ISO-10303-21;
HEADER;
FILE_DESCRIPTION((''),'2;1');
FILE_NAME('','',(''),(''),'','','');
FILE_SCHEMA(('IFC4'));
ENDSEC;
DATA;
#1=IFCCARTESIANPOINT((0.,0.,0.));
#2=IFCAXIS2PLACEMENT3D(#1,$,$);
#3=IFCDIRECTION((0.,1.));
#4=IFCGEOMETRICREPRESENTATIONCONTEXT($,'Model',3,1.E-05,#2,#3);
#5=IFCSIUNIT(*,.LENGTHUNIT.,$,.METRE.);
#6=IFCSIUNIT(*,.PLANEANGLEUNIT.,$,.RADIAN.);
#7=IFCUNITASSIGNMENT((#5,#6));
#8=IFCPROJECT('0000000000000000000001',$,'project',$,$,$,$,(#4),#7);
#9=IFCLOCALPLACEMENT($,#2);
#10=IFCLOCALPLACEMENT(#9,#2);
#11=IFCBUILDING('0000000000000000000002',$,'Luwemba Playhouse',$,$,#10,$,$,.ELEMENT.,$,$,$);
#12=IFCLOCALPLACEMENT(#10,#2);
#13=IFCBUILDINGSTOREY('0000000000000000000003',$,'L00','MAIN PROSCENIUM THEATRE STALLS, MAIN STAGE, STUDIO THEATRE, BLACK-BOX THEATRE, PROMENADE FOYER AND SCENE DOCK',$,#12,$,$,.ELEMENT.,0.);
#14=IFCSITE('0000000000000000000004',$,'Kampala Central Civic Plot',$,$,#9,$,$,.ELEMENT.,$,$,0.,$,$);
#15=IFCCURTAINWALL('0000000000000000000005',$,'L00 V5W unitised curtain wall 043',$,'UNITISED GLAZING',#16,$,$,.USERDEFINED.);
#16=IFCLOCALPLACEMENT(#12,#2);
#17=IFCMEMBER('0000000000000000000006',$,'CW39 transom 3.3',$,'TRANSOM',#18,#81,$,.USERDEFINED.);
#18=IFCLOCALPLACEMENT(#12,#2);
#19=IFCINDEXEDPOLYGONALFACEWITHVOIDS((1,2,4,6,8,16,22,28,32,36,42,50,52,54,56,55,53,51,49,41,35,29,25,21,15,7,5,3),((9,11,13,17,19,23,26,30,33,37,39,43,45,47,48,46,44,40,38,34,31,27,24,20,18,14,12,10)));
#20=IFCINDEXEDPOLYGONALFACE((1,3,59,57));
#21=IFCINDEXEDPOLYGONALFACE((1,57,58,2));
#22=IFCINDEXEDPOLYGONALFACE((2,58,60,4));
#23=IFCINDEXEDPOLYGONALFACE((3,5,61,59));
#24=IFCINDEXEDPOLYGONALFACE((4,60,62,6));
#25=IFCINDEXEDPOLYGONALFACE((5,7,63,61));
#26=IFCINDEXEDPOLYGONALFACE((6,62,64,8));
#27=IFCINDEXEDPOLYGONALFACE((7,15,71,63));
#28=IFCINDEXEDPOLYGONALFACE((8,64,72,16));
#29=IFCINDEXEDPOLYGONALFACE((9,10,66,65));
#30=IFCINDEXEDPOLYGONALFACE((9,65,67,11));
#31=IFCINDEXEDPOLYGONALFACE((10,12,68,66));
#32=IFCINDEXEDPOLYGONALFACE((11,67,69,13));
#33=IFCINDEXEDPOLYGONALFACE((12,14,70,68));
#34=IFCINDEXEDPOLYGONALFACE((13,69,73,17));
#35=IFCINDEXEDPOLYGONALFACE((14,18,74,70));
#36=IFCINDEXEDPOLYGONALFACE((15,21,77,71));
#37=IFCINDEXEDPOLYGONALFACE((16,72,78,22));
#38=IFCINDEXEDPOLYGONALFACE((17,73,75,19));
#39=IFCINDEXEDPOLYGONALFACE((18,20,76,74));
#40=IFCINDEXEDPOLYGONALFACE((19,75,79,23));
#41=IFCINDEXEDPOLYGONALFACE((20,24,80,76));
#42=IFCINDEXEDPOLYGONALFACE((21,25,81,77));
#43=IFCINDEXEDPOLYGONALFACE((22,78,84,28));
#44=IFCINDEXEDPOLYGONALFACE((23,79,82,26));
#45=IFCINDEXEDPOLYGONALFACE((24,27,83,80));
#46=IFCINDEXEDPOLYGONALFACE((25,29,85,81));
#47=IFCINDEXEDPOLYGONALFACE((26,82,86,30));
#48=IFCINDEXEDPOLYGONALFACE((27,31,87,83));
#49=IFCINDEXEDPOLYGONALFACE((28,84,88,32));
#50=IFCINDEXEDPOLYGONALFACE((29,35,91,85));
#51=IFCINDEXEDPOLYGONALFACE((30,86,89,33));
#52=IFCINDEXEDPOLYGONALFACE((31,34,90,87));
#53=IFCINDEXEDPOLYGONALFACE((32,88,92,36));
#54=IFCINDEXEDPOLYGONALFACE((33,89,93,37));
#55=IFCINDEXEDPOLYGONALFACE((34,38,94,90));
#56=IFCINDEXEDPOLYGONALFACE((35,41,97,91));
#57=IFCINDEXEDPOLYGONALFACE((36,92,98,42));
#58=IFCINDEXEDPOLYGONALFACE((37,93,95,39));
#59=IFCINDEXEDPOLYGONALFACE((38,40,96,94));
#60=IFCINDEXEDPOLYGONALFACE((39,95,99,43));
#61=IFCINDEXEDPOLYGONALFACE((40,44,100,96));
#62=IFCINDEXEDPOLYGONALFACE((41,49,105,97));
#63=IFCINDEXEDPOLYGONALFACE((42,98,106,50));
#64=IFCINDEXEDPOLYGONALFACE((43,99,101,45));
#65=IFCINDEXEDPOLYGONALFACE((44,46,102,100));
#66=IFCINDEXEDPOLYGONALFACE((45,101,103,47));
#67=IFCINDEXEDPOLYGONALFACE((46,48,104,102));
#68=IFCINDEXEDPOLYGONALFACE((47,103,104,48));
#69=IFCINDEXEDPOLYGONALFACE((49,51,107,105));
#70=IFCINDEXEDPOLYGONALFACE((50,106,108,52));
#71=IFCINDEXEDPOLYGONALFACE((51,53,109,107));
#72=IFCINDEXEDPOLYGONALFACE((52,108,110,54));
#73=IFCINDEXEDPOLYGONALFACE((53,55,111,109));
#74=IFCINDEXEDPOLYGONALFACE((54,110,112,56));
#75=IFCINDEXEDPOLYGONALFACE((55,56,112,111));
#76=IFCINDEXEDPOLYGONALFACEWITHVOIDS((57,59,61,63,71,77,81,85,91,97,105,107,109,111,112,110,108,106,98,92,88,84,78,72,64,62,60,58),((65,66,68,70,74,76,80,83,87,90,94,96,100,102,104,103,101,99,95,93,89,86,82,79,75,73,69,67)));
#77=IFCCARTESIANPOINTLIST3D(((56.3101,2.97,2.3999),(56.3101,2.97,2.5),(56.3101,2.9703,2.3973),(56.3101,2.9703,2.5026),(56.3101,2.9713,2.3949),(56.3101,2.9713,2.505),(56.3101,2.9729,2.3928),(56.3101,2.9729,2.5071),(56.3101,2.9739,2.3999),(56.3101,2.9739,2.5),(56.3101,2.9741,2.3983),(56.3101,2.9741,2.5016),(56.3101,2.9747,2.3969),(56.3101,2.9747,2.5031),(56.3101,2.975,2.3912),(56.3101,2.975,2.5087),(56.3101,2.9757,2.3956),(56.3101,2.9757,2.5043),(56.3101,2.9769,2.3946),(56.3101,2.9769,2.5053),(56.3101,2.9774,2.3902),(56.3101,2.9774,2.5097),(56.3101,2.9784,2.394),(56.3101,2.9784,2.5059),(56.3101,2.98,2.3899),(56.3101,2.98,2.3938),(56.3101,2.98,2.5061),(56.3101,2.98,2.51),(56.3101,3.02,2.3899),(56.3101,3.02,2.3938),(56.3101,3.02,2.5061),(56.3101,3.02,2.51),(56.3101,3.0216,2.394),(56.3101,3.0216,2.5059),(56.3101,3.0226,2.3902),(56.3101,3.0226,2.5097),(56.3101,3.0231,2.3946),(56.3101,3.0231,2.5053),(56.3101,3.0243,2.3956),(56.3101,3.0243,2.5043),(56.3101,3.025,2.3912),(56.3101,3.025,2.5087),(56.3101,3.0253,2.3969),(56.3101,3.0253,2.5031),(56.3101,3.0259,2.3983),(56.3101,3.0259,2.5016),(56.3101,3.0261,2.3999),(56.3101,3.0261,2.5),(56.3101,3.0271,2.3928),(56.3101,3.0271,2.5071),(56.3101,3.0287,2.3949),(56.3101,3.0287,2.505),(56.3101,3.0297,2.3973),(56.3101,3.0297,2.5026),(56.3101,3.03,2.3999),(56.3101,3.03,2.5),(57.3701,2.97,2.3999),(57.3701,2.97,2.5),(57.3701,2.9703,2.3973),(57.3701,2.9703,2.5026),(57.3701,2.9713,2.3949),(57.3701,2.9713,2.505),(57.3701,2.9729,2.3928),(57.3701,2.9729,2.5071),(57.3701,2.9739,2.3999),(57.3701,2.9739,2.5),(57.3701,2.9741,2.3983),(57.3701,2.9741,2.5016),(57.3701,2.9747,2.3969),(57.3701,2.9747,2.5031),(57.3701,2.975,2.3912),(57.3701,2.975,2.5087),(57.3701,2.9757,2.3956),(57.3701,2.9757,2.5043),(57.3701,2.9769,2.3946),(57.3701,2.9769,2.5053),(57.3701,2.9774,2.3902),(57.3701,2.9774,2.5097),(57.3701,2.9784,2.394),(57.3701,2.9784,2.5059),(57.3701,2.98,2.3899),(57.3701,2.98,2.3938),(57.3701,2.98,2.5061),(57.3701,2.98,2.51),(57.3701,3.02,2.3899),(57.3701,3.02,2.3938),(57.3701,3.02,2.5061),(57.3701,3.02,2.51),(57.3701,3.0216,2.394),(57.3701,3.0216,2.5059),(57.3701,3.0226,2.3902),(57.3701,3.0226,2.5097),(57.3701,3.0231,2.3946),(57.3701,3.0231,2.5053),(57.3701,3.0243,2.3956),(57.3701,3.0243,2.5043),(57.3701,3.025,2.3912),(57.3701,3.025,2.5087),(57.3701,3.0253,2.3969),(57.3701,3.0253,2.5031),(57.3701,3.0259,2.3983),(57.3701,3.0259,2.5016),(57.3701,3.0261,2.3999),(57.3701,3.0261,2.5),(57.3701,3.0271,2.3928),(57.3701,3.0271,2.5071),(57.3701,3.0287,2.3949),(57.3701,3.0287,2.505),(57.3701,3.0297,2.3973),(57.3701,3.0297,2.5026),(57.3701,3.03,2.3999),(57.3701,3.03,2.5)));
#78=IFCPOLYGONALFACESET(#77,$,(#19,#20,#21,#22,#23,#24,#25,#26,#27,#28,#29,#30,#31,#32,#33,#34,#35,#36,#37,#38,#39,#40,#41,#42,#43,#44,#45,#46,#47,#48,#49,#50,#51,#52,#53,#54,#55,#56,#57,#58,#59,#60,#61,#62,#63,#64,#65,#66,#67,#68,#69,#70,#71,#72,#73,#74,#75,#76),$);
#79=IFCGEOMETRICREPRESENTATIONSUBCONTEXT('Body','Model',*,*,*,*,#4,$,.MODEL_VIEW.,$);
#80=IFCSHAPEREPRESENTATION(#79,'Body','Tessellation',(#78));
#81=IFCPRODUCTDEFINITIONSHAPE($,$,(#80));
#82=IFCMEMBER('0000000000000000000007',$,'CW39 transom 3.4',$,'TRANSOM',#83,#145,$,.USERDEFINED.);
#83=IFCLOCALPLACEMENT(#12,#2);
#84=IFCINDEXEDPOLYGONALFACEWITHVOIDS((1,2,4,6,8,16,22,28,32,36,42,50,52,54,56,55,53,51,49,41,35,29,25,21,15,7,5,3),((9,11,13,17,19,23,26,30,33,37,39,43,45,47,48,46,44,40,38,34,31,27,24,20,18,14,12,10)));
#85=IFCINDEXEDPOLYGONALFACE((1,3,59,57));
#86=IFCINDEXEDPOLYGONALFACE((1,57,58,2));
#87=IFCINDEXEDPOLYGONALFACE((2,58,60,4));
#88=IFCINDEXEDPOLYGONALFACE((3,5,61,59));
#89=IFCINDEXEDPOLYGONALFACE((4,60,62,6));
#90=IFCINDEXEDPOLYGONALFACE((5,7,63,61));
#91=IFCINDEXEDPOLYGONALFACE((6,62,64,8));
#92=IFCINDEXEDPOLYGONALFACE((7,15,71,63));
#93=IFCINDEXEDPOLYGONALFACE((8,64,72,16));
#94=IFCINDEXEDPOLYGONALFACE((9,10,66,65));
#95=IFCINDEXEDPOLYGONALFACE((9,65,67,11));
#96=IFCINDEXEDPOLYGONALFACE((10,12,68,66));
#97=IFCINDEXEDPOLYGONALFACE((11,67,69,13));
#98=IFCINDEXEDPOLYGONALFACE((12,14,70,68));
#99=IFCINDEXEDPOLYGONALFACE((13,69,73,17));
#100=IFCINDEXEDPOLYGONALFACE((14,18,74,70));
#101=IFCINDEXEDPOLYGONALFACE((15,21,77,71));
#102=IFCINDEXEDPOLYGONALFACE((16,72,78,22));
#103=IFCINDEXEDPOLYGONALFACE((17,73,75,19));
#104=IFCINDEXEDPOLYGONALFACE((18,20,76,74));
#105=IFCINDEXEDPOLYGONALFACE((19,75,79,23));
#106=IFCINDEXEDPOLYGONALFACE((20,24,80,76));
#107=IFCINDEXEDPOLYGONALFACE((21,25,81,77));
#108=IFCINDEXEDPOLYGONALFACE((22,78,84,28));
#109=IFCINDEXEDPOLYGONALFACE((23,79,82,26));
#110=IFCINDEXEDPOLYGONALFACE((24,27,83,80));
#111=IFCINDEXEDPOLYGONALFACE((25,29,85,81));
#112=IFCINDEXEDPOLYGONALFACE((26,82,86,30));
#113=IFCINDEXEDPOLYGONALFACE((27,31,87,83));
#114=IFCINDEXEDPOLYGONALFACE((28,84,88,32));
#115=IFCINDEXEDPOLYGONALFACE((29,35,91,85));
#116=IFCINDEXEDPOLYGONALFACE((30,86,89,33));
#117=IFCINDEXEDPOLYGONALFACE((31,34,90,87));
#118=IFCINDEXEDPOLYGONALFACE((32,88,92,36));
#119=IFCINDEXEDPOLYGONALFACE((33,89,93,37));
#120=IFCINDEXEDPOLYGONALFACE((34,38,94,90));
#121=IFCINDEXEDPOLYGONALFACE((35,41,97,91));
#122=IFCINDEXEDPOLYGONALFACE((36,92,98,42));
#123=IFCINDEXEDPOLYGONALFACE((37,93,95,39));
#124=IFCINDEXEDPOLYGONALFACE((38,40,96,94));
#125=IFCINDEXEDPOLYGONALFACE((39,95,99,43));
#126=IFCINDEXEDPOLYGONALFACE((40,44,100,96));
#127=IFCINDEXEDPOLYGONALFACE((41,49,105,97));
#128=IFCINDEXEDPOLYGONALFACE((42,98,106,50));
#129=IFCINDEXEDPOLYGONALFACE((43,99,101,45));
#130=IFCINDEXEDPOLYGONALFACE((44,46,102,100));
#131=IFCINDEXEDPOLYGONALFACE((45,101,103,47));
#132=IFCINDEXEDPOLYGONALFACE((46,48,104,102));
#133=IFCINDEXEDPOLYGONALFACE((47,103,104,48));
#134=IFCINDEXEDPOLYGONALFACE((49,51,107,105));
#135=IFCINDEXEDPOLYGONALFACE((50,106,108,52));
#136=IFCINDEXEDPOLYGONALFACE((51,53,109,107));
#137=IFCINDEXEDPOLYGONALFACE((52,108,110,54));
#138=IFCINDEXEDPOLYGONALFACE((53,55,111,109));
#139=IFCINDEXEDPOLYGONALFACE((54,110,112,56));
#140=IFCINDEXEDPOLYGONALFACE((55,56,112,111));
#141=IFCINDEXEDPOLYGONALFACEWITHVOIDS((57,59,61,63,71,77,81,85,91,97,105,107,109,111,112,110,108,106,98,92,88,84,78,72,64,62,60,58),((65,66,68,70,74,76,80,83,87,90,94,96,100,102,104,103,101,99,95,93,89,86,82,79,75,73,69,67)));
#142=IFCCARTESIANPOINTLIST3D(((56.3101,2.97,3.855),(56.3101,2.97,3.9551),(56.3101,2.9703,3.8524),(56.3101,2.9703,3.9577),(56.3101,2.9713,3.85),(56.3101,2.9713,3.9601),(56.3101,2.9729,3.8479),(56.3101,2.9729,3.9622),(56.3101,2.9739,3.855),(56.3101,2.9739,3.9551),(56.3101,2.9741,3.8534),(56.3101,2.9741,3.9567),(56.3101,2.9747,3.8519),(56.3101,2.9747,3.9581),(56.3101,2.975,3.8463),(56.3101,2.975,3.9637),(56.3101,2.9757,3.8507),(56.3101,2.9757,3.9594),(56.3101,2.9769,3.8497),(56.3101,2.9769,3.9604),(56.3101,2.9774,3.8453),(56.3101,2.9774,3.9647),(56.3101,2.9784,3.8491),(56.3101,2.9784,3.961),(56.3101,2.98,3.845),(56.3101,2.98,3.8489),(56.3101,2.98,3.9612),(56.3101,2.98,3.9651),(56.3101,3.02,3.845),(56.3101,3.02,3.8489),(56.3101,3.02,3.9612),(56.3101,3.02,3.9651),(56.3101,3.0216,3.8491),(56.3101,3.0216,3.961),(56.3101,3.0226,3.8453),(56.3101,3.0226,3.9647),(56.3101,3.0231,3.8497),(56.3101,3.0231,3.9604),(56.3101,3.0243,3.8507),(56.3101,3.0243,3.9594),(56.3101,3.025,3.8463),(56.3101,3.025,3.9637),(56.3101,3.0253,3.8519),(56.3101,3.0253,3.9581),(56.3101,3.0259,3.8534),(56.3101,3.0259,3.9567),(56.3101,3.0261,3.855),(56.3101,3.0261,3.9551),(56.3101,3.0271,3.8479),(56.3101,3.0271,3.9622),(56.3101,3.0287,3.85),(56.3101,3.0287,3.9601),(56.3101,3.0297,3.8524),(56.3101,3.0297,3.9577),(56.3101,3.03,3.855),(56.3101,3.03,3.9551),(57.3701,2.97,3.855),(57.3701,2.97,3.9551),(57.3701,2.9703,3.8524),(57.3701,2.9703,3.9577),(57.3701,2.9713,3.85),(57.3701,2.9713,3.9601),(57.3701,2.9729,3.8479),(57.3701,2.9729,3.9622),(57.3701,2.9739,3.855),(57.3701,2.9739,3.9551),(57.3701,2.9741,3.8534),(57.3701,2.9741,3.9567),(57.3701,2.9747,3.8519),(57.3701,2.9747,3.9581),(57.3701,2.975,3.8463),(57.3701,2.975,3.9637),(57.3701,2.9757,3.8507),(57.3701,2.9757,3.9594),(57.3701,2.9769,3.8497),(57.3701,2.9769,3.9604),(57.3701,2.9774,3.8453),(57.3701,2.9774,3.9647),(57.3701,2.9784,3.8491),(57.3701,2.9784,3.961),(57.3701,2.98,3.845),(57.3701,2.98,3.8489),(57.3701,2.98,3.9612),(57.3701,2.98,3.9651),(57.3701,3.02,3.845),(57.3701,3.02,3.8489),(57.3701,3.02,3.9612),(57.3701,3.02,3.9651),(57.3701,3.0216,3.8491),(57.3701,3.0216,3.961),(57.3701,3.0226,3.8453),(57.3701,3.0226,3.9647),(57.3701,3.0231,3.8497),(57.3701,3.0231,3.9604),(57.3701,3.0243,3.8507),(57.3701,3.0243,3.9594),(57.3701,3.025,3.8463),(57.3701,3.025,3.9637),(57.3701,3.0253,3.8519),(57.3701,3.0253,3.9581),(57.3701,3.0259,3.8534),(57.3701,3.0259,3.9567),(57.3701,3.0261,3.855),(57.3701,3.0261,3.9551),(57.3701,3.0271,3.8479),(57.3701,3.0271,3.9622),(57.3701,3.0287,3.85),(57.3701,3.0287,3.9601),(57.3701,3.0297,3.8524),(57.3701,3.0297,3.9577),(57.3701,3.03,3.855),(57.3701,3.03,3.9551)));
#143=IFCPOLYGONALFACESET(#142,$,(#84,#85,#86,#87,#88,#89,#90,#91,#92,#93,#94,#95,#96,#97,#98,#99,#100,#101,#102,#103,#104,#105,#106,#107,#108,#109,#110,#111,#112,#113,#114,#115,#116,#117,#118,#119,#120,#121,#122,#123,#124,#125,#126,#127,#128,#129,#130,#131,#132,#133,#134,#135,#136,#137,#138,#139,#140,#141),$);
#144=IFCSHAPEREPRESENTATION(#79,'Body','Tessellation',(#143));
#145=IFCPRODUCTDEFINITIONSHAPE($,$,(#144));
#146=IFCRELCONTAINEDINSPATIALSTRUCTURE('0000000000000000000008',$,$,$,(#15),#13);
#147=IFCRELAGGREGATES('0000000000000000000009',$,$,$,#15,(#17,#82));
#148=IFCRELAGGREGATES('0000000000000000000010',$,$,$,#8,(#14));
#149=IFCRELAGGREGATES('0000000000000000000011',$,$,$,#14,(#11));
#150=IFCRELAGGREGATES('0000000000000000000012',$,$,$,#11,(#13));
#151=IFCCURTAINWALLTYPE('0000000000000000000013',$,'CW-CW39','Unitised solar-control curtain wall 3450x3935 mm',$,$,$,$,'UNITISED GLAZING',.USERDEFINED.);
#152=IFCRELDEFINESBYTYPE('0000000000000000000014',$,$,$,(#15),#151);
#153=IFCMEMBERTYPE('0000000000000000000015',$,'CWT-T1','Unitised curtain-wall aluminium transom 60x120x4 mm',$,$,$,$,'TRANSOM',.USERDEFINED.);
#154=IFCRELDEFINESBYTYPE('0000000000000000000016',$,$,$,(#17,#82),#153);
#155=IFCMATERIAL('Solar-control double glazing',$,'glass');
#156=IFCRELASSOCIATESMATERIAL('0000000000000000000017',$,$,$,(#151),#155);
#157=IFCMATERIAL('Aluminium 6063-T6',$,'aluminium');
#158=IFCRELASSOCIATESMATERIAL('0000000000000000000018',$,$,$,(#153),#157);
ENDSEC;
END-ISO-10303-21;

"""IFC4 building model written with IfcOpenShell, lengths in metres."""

from ifc_helpers import new_model, si_unit, direction, frame, origin, origin_2d, place, context, subcontext, project, spatial, hollow_rectangle, extrude, material, material_profile, profile_set, type_object, element, aggregate, save


model = new_model("IFC4")

# Units and contexts
model_context = context("Model", 3, precision=1e-05, world=origin(), true_north=direction((0.0, 1.0)))
body_context = subcontext(model_context, "Body", "Model", "MODEL_VIEW")
ifc_project = project(units=[si_unit("LENGTHUNIT", "METRE"), si_unit("PLANEANGLEUNIT", "RADIAN")], contexts=[model_context])

# Site, building, storey
site_placement = place(None, origin())
site = spatial("IfcSite", under=ifc_project, at=site_placement, Name="Kampala Central Civic Plot", CompositionType="ELEMENT", RefElevation=0.0)
building_placement = place(site_placement, origin())
building = spatial("IfcBuilding", under=site, at=building_placement, Name="Luwemba Playhouse", CompositionType="ELEMENT")
storey_placement = place(building_placement, origin())
storey = spatial("IfcBuildingStorey", under=building, at=storey_placement, Name="L00", Description="MAIN PROSCENIUM THEATRE STALLS, MAIN STAGE, STUDIO THEATRE, BLACK-BOX THEATRE, PROMENADE FOYER AND SCENE DOCK", CompositionType="ELEMENT", Elevation=0.0)

# Curtain wall
ifc_material_1 = material(Name="Solar-control double glazing", Category="glass")
curtain_wall_type_1 = type_object("IfcCurtainWallType", Name="CW-CW39", Description="Unitised solar-control curtain wall 3450x3935 mm", ElementType="UNITISED GLAZING", PredefinedType="USERDEFINED", material=ifc_material_1)
curtain_wall_1_placement = place(storey_placement, origin())
curtain_wall_1 = element("IfcCurtainWall", 1, at=curtain_wall_1_placement, inside=storey, type_object=curtain_wall_type_1, Name="L00 V5W unitised curtain wall 043", ObjectType="UNITISED GLAZING", PredefinedType="USERDEFINED")
ifc_material_2 = material(Name="Aluminium 6063-T6", Category="aluminium")

# Members
ifc_material_profile_1 = material_profile(ifc_material_2, hollow_rectangle(XDim=0.0601, YDim=0.1201, WallThickness=0.0039, InnerFilletRadius=0.0061, OuterFilletRadius=0.01, at=origin_2d()))
ifc_profile_set_1 = profile_set([ifc_material_profile_1], Name="Aluminium 6063-T6")
member_type_1 = type_object("IfcMemberType", Name="CWT-T1", Description="Unitised curtain-wall aluminium transom 60x120x4 mm", ElementType="TRANSOM", PredefinedType="USERDEFINED", material=ifc_profile_set_1)
member_1_placement = place(storey_placement, frame((57.3701, 3.0, 2.45), z_axis=(-1.0, 0.0, 0.0), x_axis=(0.0, -1.0, 0.0)))
member_1 = element("IfcMember", 2, at=member_1_placement, type_object=member_type_1, Name="CW39 transom 3.3", ObjectType="TRANSOM", PredefinedType="USERDEFINED", context=body_context, shape_type="SweptSolid", body=[
    extrude(hollow_rectangle(XDim=0.0601, YDim=0.1201, WallThickness=0.0039, InnerFilletRadius=0.0061, OuterFilletRadius=0.01, at=origin_2d()), origin(), (0.0, 0.0, 1.0), 1.0601),
])
member_2_placement = place(storey_placement, frame((57.3701, 3.0, 3.905), z_axis=(-1.0, 0.0, 0.0), x_axis=(0.0, -1.0, 0.0)))
member_2 = element("IfcMember", 3, at=member_2_placement, type_object=member_type_1, Name="CW39 transom 3.4", ObjectType="TRANSOM", PredefinedType="USERDEFINED", context=body_context, shape_type="SweptSolid", body=[
    extrude(hollow_rectangle(XDim=0.0601, YDim=0.1201, WallThickness=0.0039, InnerFilletRadius=0.0061, OuterFilletRadius=0.01, at=origin_2d()), origin(), (0.0, 0.0, 1.0), 1.0601),
])

aggregate(curtain_wall_1, [member_1, member_2])

save(model, "model.ifc")
